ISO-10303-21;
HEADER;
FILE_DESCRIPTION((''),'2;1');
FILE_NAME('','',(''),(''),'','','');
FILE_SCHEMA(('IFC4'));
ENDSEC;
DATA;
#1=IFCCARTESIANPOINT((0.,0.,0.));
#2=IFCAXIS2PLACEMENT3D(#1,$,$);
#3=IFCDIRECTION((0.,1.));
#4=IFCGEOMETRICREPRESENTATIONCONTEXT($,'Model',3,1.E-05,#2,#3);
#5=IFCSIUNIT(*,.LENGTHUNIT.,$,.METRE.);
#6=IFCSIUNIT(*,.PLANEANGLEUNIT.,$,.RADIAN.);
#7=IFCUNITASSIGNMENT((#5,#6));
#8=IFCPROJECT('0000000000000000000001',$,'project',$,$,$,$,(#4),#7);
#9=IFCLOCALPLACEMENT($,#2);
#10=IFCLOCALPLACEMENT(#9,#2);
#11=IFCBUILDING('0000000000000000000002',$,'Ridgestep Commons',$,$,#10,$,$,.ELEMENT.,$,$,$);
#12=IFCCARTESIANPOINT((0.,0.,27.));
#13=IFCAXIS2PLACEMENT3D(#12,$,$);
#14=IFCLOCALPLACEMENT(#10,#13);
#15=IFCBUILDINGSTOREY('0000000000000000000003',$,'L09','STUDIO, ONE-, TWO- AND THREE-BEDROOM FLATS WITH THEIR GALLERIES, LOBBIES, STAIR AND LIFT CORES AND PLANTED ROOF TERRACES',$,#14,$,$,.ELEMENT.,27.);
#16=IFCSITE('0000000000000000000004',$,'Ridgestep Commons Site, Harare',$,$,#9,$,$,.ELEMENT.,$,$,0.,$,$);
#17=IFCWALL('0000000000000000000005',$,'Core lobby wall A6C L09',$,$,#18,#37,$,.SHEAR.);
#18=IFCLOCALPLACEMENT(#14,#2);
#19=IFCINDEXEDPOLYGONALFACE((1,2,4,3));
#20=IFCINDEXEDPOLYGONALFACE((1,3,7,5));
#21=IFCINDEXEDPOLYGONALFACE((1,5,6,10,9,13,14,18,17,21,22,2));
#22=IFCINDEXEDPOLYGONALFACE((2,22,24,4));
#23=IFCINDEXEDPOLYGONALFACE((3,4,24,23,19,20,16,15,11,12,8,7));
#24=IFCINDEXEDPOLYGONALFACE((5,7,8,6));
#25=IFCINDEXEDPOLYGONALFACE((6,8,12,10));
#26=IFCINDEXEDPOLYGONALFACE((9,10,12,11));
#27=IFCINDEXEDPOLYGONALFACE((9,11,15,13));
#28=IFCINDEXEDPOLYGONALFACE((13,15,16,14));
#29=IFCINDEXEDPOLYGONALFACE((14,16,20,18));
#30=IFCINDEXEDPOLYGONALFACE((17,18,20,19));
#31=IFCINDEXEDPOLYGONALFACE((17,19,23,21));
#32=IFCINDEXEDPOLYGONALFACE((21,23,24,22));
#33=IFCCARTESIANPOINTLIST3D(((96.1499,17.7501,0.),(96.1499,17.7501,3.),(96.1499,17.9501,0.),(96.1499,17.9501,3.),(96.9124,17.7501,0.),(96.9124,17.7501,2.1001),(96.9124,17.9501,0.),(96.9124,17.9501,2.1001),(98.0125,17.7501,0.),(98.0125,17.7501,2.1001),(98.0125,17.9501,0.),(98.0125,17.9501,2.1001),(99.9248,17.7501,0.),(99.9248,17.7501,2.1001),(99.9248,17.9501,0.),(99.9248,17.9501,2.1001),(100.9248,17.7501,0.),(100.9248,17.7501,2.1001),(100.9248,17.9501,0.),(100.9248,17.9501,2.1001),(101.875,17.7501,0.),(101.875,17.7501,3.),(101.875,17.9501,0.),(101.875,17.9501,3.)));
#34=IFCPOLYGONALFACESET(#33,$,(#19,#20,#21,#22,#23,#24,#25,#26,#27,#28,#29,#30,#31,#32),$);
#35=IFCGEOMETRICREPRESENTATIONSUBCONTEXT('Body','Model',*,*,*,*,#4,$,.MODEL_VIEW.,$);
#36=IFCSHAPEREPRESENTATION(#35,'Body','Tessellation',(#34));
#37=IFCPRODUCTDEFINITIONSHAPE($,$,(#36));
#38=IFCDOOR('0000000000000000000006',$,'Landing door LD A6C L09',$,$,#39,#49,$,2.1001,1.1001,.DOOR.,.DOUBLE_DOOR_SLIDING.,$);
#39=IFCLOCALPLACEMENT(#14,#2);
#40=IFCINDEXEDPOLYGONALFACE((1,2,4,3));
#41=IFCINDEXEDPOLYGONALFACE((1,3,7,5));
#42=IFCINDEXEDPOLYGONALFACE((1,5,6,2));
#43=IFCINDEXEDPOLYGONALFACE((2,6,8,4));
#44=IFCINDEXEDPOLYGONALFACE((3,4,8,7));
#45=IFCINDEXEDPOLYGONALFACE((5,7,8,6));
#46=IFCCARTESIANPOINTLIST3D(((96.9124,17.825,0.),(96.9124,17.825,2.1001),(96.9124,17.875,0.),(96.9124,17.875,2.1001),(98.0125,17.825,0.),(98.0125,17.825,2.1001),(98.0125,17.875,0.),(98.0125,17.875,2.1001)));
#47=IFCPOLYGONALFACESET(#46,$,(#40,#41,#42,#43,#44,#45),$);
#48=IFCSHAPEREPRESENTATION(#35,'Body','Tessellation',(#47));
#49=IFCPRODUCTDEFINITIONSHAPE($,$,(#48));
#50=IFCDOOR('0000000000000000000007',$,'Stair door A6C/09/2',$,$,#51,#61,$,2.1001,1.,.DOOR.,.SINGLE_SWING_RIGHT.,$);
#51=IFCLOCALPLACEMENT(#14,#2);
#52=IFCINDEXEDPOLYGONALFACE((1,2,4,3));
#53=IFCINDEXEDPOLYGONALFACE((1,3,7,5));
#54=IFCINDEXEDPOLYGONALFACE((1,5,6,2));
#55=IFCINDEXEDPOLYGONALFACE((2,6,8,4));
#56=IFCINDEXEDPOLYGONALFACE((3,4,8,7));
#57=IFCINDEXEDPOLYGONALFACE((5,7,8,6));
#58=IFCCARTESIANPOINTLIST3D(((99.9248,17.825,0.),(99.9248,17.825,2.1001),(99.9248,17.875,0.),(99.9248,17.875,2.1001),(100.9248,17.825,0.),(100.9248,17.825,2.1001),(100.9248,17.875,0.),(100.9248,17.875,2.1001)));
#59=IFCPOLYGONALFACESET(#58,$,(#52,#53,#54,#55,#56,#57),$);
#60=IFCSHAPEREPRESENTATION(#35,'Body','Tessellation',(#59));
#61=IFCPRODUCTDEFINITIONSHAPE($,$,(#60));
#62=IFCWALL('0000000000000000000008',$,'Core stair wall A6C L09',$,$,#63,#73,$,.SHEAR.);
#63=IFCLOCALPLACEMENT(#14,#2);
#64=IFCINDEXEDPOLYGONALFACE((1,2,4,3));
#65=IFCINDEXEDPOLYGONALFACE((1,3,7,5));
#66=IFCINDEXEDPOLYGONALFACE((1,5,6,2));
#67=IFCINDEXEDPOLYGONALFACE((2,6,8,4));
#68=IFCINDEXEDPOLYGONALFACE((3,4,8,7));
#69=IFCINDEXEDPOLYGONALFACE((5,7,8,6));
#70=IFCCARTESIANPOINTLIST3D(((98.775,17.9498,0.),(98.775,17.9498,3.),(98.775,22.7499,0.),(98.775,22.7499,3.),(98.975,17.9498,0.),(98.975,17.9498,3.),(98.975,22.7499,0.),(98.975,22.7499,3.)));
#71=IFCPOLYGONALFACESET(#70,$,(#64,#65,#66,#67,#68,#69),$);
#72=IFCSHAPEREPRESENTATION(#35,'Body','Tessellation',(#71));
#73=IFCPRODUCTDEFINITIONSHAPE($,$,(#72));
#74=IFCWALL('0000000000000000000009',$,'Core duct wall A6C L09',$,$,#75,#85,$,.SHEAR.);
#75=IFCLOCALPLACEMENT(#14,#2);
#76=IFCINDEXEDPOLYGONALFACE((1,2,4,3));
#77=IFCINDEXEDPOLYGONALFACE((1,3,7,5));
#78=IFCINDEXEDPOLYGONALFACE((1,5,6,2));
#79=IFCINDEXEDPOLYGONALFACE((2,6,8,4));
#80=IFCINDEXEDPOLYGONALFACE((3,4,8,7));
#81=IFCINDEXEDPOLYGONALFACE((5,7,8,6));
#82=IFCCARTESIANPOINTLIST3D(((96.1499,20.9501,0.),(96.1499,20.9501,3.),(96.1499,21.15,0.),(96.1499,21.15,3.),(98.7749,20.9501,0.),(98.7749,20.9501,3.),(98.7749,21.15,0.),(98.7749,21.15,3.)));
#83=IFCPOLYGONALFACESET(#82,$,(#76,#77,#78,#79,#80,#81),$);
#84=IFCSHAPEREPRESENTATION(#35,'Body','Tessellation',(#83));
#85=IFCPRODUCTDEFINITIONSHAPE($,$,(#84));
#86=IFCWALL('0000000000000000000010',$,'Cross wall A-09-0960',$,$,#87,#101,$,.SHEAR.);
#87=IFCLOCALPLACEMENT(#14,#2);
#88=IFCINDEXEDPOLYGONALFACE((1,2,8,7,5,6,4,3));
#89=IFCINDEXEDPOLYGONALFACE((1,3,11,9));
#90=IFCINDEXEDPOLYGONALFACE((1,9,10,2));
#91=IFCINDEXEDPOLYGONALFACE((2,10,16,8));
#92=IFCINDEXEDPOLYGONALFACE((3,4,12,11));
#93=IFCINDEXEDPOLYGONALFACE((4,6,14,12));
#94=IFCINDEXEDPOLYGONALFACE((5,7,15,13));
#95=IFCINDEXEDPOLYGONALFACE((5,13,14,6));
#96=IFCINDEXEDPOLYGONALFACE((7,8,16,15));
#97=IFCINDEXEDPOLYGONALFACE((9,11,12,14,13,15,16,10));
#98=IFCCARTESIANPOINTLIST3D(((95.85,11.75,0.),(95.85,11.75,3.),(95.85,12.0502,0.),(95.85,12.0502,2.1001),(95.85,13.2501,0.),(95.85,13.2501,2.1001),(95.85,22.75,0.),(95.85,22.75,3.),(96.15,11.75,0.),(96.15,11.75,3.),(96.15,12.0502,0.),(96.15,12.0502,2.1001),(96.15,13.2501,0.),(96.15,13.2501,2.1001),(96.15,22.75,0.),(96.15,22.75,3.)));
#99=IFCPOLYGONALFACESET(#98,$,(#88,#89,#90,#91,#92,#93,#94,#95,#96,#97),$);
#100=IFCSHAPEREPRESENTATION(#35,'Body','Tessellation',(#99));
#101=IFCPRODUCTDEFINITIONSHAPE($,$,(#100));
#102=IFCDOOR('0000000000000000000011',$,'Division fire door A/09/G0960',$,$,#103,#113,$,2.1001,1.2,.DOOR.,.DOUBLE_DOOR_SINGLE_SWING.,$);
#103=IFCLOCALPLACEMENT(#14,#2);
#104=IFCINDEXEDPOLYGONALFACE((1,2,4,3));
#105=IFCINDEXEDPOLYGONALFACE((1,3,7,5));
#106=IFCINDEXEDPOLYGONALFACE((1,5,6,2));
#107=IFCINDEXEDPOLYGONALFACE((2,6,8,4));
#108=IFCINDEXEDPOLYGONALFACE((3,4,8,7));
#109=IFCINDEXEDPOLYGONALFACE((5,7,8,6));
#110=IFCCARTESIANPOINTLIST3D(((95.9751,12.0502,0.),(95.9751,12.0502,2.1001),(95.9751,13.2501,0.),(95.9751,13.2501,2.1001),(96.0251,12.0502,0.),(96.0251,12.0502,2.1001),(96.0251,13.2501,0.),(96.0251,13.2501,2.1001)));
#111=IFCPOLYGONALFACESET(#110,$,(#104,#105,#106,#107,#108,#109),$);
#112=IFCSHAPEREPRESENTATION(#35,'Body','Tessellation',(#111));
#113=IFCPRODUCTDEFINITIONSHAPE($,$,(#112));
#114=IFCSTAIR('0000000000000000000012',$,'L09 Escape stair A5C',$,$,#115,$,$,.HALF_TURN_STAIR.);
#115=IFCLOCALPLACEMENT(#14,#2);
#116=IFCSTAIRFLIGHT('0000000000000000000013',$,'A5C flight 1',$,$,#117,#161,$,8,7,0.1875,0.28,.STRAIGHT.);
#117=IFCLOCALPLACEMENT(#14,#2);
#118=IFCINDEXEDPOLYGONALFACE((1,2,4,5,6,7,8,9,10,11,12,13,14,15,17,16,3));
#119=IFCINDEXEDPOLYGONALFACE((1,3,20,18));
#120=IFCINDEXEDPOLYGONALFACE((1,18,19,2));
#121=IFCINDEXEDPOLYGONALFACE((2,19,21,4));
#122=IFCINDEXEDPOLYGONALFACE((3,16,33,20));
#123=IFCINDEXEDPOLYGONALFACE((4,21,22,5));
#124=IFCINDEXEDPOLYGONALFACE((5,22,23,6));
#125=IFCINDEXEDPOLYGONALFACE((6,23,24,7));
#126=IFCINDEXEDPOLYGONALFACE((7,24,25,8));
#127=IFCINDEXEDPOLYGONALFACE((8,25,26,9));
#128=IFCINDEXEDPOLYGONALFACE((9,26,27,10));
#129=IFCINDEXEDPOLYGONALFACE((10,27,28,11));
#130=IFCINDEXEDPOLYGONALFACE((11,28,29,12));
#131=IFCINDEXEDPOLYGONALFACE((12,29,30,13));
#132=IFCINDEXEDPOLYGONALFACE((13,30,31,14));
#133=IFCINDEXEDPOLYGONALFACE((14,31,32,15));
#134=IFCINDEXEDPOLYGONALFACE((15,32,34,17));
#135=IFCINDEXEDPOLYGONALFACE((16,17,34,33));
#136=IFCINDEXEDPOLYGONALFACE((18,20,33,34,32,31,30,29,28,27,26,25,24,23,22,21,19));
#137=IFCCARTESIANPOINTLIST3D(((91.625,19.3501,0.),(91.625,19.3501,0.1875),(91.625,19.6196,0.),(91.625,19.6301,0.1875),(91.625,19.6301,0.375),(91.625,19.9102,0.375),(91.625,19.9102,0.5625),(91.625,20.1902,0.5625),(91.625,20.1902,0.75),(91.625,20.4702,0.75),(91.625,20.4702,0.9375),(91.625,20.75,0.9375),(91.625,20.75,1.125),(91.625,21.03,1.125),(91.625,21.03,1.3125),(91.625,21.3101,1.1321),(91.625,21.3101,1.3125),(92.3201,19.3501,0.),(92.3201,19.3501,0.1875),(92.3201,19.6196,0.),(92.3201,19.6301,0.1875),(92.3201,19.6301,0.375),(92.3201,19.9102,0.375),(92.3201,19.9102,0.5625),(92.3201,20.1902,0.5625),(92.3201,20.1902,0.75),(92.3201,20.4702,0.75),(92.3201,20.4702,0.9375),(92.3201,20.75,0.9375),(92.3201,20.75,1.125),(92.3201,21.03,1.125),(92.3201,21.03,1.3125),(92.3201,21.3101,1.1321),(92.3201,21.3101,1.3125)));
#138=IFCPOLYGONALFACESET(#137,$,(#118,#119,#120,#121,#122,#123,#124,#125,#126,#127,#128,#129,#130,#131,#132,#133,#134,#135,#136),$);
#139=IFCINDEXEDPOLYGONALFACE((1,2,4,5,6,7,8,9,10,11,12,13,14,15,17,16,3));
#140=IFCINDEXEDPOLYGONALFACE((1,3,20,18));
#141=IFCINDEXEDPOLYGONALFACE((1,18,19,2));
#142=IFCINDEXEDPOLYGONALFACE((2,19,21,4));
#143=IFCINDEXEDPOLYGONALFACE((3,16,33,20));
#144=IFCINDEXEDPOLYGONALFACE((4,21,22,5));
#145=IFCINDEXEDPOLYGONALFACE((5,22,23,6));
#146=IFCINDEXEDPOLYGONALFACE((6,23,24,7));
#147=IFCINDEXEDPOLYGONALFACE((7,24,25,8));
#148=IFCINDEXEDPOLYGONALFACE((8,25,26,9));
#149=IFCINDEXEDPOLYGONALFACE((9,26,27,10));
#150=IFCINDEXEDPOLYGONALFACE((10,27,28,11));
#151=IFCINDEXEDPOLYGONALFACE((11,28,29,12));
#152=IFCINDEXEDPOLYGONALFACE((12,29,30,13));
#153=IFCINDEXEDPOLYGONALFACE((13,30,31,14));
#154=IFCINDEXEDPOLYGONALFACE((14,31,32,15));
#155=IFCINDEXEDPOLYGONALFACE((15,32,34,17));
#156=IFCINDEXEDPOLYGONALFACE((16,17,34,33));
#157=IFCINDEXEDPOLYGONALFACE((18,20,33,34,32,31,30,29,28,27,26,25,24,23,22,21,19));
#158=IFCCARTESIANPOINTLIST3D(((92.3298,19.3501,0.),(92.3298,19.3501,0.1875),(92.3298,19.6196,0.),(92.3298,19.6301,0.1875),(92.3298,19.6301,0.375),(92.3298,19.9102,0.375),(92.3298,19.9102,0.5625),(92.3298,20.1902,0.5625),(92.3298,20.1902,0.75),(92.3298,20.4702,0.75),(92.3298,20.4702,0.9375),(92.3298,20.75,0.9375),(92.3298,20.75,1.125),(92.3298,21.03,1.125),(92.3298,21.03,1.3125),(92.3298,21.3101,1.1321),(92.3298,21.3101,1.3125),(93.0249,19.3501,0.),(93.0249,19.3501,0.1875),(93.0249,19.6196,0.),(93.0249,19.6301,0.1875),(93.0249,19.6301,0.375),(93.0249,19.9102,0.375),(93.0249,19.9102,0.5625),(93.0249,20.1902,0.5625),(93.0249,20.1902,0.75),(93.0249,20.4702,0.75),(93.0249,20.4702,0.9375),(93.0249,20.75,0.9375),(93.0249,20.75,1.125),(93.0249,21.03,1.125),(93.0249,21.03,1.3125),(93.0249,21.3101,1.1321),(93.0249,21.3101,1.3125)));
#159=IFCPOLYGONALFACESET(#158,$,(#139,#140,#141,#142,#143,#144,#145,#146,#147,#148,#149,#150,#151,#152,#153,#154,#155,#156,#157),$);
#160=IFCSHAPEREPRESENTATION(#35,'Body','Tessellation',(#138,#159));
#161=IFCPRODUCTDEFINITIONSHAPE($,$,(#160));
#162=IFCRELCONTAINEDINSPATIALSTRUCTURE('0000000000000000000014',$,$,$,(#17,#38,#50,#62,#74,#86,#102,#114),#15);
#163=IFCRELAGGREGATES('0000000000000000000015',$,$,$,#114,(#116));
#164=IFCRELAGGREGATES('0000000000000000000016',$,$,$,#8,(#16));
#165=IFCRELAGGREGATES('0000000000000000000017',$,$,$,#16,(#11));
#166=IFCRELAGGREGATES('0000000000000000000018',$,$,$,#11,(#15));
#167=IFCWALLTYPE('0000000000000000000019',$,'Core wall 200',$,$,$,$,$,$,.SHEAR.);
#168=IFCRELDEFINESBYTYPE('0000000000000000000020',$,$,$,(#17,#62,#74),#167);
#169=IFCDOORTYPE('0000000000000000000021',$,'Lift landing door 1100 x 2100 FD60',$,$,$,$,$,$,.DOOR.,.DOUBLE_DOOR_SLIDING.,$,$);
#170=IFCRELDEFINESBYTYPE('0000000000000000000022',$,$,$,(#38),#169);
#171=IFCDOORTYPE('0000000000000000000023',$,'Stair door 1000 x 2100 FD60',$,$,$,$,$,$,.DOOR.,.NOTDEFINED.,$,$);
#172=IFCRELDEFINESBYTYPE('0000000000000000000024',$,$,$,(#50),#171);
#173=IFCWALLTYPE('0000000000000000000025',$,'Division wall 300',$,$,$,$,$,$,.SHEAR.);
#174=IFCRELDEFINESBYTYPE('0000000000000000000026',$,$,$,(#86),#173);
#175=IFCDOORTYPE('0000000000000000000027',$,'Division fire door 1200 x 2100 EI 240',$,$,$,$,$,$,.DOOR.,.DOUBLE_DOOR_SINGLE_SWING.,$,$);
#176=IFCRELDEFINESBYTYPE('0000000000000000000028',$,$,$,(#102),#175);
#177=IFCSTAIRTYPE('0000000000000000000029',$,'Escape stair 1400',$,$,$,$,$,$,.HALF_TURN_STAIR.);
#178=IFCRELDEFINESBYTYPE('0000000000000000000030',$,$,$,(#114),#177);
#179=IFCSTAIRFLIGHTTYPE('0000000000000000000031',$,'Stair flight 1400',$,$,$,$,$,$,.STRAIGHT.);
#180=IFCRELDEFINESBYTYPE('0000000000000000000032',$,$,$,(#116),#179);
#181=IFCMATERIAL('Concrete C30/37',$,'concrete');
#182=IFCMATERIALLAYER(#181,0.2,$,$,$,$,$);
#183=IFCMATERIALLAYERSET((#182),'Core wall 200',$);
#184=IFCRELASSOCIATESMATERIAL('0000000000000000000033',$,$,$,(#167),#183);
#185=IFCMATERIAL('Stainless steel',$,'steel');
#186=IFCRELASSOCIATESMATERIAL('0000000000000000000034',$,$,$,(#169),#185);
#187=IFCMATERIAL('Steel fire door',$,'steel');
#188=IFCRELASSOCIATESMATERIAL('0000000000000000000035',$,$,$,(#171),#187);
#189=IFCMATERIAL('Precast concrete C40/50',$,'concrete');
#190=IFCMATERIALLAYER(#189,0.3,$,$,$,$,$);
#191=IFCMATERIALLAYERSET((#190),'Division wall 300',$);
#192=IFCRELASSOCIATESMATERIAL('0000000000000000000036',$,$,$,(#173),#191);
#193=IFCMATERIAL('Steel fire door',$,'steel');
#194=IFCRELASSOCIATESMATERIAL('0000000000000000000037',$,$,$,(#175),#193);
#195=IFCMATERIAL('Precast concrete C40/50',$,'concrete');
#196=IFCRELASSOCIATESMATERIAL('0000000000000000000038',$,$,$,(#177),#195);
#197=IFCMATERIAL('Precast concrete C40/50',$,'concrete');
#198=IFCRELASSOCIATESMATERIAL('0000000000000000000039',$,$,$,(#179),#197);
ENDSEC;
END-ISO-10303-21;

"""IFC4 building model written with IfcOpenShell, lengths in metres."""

from ifc_helpers import new_model, si_unit, direction, frame, frame_2d, origin, place, context, subcontext, project, spatial, polyline, rectangle, outline, extrude, material, layer, layer_set, type_object, element, fill, aggregate, save


model = new_model("IFC4")

# Units and contexts
model_context = context("Model", 3, precision=1e-05, world=origin(), true_north=direction((0.0, 1.0)))
body_context = subcontext(model_context, "Body", "Model", "MODEL_VIEW")
ifc_project = project(units=[si_unit("LENGTHUNIT", "METRE"), si_unit("PLANEANGLEUNIT", "RADIAN")], contexts=[model_context])

# Site, building, storey
site_placement = place(None, origin())
site = spatial("IfcSite", under=ifc_project, at=site_placement, Name="Ridgestep Commons Site, Harare", CompositionType="ELEMENT", RefElevation=0.0)
building_placement = place(site_placement, origin())
building = spatial("IfcBuilding", under=site, at=building_placement, Name="Ridgestep Commons", CompositionType="ELEMENT")
storey_placement = place(building_placement, frame((0.0, 0.0, 27.0)))
storey = spatial("IfcBuildingStorey", under=building, at=storey_placement, Name="L09", Description="STUDIO, ONE-, TWO- AND THREE-BEDROOM FLATS WITH THEIR GALLERIES, LOBBIES, STAIR AND LIFT CORES AND PLANTED ROOF TERRACES", CompositionType="ELEMENT", Elevation=27.0)

# Shared definitions
ifc_material_1 = material(Name="Concrete C30/37", Category="concrete")
ifc_layer_1 = layer(ifc_material_1, 0.2)
ifc_layer_set_1 = layer_set([ifc_layer_1], Name="Core wall 200")
wall_type_1 = type_object("IfcWallType", Name="Core wall 200", PredefinedType="SHEAR", material=ifc_layer_set_1)

# Wall, openings, doors
wall_1_placement = place(storey_placement, frame((96.1499, 17.8501, 0.0), z_axis=(0.0, 0.0, 1.0), x_axis=(1.0, 0.0, 0.0)))
wall_1 = element("IfcWall", 1, at=wall_1_placement, inside=storey, type_object=wall_type_1, Name="Core lobby wall A6C L09", PredefinedType="SHEAR", context=body_context, shape_type="SweptSolid", body=[
    extrude(rectangle(XDim=5.7251, YDim=0.2, at=frame_2d((2.8625, 0.0))), origin(), (0.0, 0.0, 1.0), 3.0),
])
opening_1_placement = place(wall_1_placement, frame((3.7749, 0.0, 0.0)))
opening_1 = element("IfcOpeningElement", 2, at=opening_1_placement, cuts=wall_1, PredefinedType="OPENING", context=body_context, shape_type="SweptSolid", body=[
    extrude(rectangle(XDim=1.0, YDim=2.1001, at=frame_2d((0.5, 1.05))), frame((0.0, 0.1099, 0.0), z_axis=(0.0, -1.0, 0.0), x_axis=(1.0, 0.0, 0.0)), (0.0, 0.0, 1.0), 0.22),
])
opening_2_placement = place(wall_1_placement, frame((0.7625, 0.0, 0.0)))
opening_2 = element("IfcOpeningElement", 3, at=opening_2_placement, cuts=wall_1, PredefinedType="OPENING", context=body_context, shape_type="SweptSolid", body=[
    extrude(rectangle(XDim=1.1001, YDim=2.1001, at=frame_2d((0.55, 1.05))), frame((0.0, 0.1099, 0.0), z_axis=(0.0, -1.0, 0.0), x_axis=(1.0, 0.0, 0.0)), (0.0, 0.0, 1.0), 0.22),
])
ifc_material_2 = material(Name="Stainless steel", Category="steel")
door_type_1 = type_object("IfcDoorType", Name="Lift landing door 1100 x 2100 FD60", OperationType="DOUBLE_DOOR_SLIDING", PredefinedType="DOOR", material=ifc_material_2)
door_1_placement = place(opening_2_placement, origin())
door_1 = element("IfcDoor", 4, at=door_1_placement, inside=storey, type_object=door_type_1, Name="Landing door LD A6C L09", OperationType="DOUBLE_DOOR_SLIDING", OverallHeight=2.1001, OverallWidth=1.1001, PredefinedType="DOOR", context=body_context, shape_type="SweptSolid", body=[
    extrude(rectangle(XDim=1.1001, YDim=2.1001, at=frame_2d((0.55, 1.05))), frame((0.0, 0.0249, 0.0), z_axis=(0.0, -1.0, 0.0), x_axis=(1.0, 0.0, 0.0)), (0.0, 0.0, 1.0), 0.05),
])
fill(opening_2, door_1)
ifc_material_3 = material(Name="Steel fire door", Category="steel")
door_type_2 = type_object("IfcDoorType", Name="Stair door 1000 x 2100 FD60", OperationType="NOTDEFINED", PredefinedType="DOOR", material=ifc_material_3)
door_2_placement = place(opening_1_placement, origin())
door_2 = element("IfcDoor", 5, at=door_2_placement, inside=storey, type_object=door_type_2, Name="Stair door A6C/09/2", OperationType="SINGLE_SWING_RIGHT", OverallHeight=2.1001, OverallWidth=1.0, PredefinedType="DOOR", context=body_context, shape_type="SweptSolid", body=[
    extrude(rectangle(XDim=1.0, YDim=2.1001, at=frame_2d((0.5, 1.05))), frame((0.0, 0.0249, 0.0), z_axis=(0.0, -1.0, 0.0), x_axis=(1.0, 0.0, 0.0)), (0.0, 0.0, 1.0), 0.05),
])
fill(opening_1, door_2)

# Walls
wall_2_placement = place(storey_placement, frame((98.875, 17.95, 0.0), z_axis=(0.0, 0.0, 1.0), x_axis=(0.0, 1.0, 0.0)))
element("IfcWall", 6, at=wall_2_placement, inside=storey, type_object=wall_type_1, Name="Core stair wall A6C L09", PredefinedType="SHEAR", context=body_context, shape_type="SweptSolid", body=[
    extrude(rectangle(XDim=4.8, YDim=0.2, at=frame_2d((2.3999, 0.0))), origin(), (0.0, 0.0, 1.0), 3.0),
])
wall_3_placement = place(storey_placement, frame((96.1499, 21.05, 0.0), z_axis=(0.0, 0.0, 1.0), x_axis=(1.0, 0.0, 0.0)))
element("IfcWall", 7, at=wall_3_placement, inside=storey, type_object=wall_type_1, Name="Core duct wall A6C L09", PredefinedType="SHEAR", context=body_context, shape_type="SweptSolid", body=[
    extrude(rectangle(XDim=2.625, YDim=0.2, at=frame_2d((1.3125, 0.0))), origin(), (0.0, 0.0, 1.0), 3.0),
])

# Wall, opening, door
ifc_material_4 = material(Name="Precast concrete C40/50", Category="concrete")
ifc_layer_2 = layer(ifc_material_4, 0.3)
ifc_layer_set_2 = layer_set([ifc_layer_2], Name="Division wall 300")
wall_type_2 = type_object("IfcWallType", Name="Division wall 300", PredefinedType="SHEAR", material=ifc_layer_set_2)
wall_4_placement = place(storey_placement, frame((96.0, 11.75, 0.0), z_axis=(0.0, 0.0, 1.0), x_axis=(0.0, 1.0, 0.0)))
wall_4 = element("IfcWall", 8, at=wall_4_placement, inside=storey, type_object=wall_type_2, Name="Cross wall A-09-0960", PredefinedType="SHEAR", context=body_context, shape_type="SweptSolid", body=[
    extrude(rectangle(XDim=11.0, YDim=0.3, at=frame_2d((5.5, 0.0))), origin(), (0.0, 0.0, 1.0), 3.0),
])
opening_3_placement = place(wall_4_placement, frame((0.3, 0.0, 0.0)))
opening_3 = element("IfcOpeningElement", 9, at=opening_3_placement, cuts=wall_4, PredefinedType="OPENING", context=body_context, shape_type="SweptSolid", body=[
    extrude(rectangle(XDim=1.2, YDim=2.1001, at=frame_2d((0.6001, 1.05))), frame((0.0, 0.1599, 0.0), z_axis=(0.0, -1.0, 0.0), x_axis=(1.0, 0.0, 0.0)), (0.0, 0.0, 1.0), 0.3201),
])
ifc_material_5 = material(Name="Steel fire door", Category="steel")
door_type_3 = type_object("IfcDoorType", Name="Division fire door 1200 x 2100 EI 240", OperationType="DOUBLE_DOOR_SINGLE_SWING", PredefinedType="DOOR", material=ifc_material_5)
door_3_placement = place(opening_3_placement, origin())
door_3 = element("IfcDoor", 10, at=door_3_placement, inside=storey, type_object=door_type_3, Name="Division fire door A/09/G0960", OperationType="DOUBLE_DOOR_SINGLE_SWING", OverallHeight=2.1001, OverallWidth=1.2, PredefinedType="DOOR", context=body_context, shape_type="SweptSolid", body=[
    extrude(rectangle(XDim=1.2, YDim=2.1001, at=frame_2d((0.6001, 1.05))), frame((0.0, 0.0249, 0.0), z_axis=(0.0, -1.0, 0.0), x_axis=(1.0, 0.0, 0.0)), (0.0, 0.0, 1.0), 0.05),
])
fill(opening_3, door_3)

# Stair, stair flight
ifc_material_6 = material(Name="Precast concrete C40/50", Category="concrete")
stair_type = type_object("IfcStairType", Name="Escape stair 1400", PredefinedType="HALF_TURN_STAIR", material=ifc_material_6)
stair_1_placement = place(storey_placement, origin())
stair_1 = element("IfcStair", 11, at=stair_1_placement, inside=storey, type_object=stair_type, Name="L09 Escape stair A5C", PredefinedType="HALF_TURN_STAIR")
ifc_material_7 = material(Name="Precast concrete C40/50", Category="concrete")
stair_flight_type = type_object("IfcStairFlightType", Name="Stair flight 1400", PredefinedType="STRAIGHT", material=ifc_material_7)
stair_flight_1_placement = place(storey_placement, frame((92.325, 19.3501, 0.0), z_axis=(0.0, 0.0, 1.0), x_axis=(0.0, 1.0, 0.0)))
stair_flight_1 = element("IfcStairFlight", 12, at=stair_flight_1_placement, type_object=stair_flight_type, Name="A5C flight 1", NumberOfRisers=8, NumberOfTreads=7, PredefinedType="STRAIGHT", RiserHeight=0.1875, TreadLength=0.28, context=body_context, shape_type="SweptSolid", body=[
    extrude(outline(polyline([(0.0, 0.0), (0.0, 0.1875), (0.28, 0.1875), (0.28, 0.375), (0.5601, 0.375), (0.5601, 0.5625), (0.8401, 0.5625), (0.8401, 0.75), (1.1201, 0.75), (1.1201, 0.9375), (1.3999, 0.9375), (1.3999, 1.125), (1.6799, 1.125), (1.6799, 1.3125), (1.96, 1.3125), (1.96, 1.5), (1.96, 1.1321), (0.2695, 0.0), (0.0, 0.0)])), frame((0.0, 0.7, 0.0), z_axis=(0.0, -1.0, 0.0), x_axis=(1.0, 0.0, 0.0)), (0.0, 0.0, 1.0), 0.6951),
    extrude(outline(polyline([(0.0, 0.0), (0.0, 0.1875), (0.28, 0.1875), (0.28, 0.375), (0.5601, 0.375), (0.5601, 0.5625), (0.8401, 0.5625), (0.8401, 0.75), (1.1201, 0.75), (1.1201, 0.9375), (1.3999, 0.9375), (1.3999, 1.125), (1.6799, 1.125), (1.6799, 1.3125), (1.96, 1.3125), (1.96, 1.5), (1.96, 1.1321), (0.2695, 0.0), (0.0, 0.0)])), frame((0.0, -0.0049, 0.0), z_axis=(0.0, -1.0, 0.0), x_axis=(1.0, 0.0, 0.0)), (0.0, 0.0, 1.0), 0.6951),
])
aggregate(stair_1, [stair_flight_1])

save(model, "model.ifc")
